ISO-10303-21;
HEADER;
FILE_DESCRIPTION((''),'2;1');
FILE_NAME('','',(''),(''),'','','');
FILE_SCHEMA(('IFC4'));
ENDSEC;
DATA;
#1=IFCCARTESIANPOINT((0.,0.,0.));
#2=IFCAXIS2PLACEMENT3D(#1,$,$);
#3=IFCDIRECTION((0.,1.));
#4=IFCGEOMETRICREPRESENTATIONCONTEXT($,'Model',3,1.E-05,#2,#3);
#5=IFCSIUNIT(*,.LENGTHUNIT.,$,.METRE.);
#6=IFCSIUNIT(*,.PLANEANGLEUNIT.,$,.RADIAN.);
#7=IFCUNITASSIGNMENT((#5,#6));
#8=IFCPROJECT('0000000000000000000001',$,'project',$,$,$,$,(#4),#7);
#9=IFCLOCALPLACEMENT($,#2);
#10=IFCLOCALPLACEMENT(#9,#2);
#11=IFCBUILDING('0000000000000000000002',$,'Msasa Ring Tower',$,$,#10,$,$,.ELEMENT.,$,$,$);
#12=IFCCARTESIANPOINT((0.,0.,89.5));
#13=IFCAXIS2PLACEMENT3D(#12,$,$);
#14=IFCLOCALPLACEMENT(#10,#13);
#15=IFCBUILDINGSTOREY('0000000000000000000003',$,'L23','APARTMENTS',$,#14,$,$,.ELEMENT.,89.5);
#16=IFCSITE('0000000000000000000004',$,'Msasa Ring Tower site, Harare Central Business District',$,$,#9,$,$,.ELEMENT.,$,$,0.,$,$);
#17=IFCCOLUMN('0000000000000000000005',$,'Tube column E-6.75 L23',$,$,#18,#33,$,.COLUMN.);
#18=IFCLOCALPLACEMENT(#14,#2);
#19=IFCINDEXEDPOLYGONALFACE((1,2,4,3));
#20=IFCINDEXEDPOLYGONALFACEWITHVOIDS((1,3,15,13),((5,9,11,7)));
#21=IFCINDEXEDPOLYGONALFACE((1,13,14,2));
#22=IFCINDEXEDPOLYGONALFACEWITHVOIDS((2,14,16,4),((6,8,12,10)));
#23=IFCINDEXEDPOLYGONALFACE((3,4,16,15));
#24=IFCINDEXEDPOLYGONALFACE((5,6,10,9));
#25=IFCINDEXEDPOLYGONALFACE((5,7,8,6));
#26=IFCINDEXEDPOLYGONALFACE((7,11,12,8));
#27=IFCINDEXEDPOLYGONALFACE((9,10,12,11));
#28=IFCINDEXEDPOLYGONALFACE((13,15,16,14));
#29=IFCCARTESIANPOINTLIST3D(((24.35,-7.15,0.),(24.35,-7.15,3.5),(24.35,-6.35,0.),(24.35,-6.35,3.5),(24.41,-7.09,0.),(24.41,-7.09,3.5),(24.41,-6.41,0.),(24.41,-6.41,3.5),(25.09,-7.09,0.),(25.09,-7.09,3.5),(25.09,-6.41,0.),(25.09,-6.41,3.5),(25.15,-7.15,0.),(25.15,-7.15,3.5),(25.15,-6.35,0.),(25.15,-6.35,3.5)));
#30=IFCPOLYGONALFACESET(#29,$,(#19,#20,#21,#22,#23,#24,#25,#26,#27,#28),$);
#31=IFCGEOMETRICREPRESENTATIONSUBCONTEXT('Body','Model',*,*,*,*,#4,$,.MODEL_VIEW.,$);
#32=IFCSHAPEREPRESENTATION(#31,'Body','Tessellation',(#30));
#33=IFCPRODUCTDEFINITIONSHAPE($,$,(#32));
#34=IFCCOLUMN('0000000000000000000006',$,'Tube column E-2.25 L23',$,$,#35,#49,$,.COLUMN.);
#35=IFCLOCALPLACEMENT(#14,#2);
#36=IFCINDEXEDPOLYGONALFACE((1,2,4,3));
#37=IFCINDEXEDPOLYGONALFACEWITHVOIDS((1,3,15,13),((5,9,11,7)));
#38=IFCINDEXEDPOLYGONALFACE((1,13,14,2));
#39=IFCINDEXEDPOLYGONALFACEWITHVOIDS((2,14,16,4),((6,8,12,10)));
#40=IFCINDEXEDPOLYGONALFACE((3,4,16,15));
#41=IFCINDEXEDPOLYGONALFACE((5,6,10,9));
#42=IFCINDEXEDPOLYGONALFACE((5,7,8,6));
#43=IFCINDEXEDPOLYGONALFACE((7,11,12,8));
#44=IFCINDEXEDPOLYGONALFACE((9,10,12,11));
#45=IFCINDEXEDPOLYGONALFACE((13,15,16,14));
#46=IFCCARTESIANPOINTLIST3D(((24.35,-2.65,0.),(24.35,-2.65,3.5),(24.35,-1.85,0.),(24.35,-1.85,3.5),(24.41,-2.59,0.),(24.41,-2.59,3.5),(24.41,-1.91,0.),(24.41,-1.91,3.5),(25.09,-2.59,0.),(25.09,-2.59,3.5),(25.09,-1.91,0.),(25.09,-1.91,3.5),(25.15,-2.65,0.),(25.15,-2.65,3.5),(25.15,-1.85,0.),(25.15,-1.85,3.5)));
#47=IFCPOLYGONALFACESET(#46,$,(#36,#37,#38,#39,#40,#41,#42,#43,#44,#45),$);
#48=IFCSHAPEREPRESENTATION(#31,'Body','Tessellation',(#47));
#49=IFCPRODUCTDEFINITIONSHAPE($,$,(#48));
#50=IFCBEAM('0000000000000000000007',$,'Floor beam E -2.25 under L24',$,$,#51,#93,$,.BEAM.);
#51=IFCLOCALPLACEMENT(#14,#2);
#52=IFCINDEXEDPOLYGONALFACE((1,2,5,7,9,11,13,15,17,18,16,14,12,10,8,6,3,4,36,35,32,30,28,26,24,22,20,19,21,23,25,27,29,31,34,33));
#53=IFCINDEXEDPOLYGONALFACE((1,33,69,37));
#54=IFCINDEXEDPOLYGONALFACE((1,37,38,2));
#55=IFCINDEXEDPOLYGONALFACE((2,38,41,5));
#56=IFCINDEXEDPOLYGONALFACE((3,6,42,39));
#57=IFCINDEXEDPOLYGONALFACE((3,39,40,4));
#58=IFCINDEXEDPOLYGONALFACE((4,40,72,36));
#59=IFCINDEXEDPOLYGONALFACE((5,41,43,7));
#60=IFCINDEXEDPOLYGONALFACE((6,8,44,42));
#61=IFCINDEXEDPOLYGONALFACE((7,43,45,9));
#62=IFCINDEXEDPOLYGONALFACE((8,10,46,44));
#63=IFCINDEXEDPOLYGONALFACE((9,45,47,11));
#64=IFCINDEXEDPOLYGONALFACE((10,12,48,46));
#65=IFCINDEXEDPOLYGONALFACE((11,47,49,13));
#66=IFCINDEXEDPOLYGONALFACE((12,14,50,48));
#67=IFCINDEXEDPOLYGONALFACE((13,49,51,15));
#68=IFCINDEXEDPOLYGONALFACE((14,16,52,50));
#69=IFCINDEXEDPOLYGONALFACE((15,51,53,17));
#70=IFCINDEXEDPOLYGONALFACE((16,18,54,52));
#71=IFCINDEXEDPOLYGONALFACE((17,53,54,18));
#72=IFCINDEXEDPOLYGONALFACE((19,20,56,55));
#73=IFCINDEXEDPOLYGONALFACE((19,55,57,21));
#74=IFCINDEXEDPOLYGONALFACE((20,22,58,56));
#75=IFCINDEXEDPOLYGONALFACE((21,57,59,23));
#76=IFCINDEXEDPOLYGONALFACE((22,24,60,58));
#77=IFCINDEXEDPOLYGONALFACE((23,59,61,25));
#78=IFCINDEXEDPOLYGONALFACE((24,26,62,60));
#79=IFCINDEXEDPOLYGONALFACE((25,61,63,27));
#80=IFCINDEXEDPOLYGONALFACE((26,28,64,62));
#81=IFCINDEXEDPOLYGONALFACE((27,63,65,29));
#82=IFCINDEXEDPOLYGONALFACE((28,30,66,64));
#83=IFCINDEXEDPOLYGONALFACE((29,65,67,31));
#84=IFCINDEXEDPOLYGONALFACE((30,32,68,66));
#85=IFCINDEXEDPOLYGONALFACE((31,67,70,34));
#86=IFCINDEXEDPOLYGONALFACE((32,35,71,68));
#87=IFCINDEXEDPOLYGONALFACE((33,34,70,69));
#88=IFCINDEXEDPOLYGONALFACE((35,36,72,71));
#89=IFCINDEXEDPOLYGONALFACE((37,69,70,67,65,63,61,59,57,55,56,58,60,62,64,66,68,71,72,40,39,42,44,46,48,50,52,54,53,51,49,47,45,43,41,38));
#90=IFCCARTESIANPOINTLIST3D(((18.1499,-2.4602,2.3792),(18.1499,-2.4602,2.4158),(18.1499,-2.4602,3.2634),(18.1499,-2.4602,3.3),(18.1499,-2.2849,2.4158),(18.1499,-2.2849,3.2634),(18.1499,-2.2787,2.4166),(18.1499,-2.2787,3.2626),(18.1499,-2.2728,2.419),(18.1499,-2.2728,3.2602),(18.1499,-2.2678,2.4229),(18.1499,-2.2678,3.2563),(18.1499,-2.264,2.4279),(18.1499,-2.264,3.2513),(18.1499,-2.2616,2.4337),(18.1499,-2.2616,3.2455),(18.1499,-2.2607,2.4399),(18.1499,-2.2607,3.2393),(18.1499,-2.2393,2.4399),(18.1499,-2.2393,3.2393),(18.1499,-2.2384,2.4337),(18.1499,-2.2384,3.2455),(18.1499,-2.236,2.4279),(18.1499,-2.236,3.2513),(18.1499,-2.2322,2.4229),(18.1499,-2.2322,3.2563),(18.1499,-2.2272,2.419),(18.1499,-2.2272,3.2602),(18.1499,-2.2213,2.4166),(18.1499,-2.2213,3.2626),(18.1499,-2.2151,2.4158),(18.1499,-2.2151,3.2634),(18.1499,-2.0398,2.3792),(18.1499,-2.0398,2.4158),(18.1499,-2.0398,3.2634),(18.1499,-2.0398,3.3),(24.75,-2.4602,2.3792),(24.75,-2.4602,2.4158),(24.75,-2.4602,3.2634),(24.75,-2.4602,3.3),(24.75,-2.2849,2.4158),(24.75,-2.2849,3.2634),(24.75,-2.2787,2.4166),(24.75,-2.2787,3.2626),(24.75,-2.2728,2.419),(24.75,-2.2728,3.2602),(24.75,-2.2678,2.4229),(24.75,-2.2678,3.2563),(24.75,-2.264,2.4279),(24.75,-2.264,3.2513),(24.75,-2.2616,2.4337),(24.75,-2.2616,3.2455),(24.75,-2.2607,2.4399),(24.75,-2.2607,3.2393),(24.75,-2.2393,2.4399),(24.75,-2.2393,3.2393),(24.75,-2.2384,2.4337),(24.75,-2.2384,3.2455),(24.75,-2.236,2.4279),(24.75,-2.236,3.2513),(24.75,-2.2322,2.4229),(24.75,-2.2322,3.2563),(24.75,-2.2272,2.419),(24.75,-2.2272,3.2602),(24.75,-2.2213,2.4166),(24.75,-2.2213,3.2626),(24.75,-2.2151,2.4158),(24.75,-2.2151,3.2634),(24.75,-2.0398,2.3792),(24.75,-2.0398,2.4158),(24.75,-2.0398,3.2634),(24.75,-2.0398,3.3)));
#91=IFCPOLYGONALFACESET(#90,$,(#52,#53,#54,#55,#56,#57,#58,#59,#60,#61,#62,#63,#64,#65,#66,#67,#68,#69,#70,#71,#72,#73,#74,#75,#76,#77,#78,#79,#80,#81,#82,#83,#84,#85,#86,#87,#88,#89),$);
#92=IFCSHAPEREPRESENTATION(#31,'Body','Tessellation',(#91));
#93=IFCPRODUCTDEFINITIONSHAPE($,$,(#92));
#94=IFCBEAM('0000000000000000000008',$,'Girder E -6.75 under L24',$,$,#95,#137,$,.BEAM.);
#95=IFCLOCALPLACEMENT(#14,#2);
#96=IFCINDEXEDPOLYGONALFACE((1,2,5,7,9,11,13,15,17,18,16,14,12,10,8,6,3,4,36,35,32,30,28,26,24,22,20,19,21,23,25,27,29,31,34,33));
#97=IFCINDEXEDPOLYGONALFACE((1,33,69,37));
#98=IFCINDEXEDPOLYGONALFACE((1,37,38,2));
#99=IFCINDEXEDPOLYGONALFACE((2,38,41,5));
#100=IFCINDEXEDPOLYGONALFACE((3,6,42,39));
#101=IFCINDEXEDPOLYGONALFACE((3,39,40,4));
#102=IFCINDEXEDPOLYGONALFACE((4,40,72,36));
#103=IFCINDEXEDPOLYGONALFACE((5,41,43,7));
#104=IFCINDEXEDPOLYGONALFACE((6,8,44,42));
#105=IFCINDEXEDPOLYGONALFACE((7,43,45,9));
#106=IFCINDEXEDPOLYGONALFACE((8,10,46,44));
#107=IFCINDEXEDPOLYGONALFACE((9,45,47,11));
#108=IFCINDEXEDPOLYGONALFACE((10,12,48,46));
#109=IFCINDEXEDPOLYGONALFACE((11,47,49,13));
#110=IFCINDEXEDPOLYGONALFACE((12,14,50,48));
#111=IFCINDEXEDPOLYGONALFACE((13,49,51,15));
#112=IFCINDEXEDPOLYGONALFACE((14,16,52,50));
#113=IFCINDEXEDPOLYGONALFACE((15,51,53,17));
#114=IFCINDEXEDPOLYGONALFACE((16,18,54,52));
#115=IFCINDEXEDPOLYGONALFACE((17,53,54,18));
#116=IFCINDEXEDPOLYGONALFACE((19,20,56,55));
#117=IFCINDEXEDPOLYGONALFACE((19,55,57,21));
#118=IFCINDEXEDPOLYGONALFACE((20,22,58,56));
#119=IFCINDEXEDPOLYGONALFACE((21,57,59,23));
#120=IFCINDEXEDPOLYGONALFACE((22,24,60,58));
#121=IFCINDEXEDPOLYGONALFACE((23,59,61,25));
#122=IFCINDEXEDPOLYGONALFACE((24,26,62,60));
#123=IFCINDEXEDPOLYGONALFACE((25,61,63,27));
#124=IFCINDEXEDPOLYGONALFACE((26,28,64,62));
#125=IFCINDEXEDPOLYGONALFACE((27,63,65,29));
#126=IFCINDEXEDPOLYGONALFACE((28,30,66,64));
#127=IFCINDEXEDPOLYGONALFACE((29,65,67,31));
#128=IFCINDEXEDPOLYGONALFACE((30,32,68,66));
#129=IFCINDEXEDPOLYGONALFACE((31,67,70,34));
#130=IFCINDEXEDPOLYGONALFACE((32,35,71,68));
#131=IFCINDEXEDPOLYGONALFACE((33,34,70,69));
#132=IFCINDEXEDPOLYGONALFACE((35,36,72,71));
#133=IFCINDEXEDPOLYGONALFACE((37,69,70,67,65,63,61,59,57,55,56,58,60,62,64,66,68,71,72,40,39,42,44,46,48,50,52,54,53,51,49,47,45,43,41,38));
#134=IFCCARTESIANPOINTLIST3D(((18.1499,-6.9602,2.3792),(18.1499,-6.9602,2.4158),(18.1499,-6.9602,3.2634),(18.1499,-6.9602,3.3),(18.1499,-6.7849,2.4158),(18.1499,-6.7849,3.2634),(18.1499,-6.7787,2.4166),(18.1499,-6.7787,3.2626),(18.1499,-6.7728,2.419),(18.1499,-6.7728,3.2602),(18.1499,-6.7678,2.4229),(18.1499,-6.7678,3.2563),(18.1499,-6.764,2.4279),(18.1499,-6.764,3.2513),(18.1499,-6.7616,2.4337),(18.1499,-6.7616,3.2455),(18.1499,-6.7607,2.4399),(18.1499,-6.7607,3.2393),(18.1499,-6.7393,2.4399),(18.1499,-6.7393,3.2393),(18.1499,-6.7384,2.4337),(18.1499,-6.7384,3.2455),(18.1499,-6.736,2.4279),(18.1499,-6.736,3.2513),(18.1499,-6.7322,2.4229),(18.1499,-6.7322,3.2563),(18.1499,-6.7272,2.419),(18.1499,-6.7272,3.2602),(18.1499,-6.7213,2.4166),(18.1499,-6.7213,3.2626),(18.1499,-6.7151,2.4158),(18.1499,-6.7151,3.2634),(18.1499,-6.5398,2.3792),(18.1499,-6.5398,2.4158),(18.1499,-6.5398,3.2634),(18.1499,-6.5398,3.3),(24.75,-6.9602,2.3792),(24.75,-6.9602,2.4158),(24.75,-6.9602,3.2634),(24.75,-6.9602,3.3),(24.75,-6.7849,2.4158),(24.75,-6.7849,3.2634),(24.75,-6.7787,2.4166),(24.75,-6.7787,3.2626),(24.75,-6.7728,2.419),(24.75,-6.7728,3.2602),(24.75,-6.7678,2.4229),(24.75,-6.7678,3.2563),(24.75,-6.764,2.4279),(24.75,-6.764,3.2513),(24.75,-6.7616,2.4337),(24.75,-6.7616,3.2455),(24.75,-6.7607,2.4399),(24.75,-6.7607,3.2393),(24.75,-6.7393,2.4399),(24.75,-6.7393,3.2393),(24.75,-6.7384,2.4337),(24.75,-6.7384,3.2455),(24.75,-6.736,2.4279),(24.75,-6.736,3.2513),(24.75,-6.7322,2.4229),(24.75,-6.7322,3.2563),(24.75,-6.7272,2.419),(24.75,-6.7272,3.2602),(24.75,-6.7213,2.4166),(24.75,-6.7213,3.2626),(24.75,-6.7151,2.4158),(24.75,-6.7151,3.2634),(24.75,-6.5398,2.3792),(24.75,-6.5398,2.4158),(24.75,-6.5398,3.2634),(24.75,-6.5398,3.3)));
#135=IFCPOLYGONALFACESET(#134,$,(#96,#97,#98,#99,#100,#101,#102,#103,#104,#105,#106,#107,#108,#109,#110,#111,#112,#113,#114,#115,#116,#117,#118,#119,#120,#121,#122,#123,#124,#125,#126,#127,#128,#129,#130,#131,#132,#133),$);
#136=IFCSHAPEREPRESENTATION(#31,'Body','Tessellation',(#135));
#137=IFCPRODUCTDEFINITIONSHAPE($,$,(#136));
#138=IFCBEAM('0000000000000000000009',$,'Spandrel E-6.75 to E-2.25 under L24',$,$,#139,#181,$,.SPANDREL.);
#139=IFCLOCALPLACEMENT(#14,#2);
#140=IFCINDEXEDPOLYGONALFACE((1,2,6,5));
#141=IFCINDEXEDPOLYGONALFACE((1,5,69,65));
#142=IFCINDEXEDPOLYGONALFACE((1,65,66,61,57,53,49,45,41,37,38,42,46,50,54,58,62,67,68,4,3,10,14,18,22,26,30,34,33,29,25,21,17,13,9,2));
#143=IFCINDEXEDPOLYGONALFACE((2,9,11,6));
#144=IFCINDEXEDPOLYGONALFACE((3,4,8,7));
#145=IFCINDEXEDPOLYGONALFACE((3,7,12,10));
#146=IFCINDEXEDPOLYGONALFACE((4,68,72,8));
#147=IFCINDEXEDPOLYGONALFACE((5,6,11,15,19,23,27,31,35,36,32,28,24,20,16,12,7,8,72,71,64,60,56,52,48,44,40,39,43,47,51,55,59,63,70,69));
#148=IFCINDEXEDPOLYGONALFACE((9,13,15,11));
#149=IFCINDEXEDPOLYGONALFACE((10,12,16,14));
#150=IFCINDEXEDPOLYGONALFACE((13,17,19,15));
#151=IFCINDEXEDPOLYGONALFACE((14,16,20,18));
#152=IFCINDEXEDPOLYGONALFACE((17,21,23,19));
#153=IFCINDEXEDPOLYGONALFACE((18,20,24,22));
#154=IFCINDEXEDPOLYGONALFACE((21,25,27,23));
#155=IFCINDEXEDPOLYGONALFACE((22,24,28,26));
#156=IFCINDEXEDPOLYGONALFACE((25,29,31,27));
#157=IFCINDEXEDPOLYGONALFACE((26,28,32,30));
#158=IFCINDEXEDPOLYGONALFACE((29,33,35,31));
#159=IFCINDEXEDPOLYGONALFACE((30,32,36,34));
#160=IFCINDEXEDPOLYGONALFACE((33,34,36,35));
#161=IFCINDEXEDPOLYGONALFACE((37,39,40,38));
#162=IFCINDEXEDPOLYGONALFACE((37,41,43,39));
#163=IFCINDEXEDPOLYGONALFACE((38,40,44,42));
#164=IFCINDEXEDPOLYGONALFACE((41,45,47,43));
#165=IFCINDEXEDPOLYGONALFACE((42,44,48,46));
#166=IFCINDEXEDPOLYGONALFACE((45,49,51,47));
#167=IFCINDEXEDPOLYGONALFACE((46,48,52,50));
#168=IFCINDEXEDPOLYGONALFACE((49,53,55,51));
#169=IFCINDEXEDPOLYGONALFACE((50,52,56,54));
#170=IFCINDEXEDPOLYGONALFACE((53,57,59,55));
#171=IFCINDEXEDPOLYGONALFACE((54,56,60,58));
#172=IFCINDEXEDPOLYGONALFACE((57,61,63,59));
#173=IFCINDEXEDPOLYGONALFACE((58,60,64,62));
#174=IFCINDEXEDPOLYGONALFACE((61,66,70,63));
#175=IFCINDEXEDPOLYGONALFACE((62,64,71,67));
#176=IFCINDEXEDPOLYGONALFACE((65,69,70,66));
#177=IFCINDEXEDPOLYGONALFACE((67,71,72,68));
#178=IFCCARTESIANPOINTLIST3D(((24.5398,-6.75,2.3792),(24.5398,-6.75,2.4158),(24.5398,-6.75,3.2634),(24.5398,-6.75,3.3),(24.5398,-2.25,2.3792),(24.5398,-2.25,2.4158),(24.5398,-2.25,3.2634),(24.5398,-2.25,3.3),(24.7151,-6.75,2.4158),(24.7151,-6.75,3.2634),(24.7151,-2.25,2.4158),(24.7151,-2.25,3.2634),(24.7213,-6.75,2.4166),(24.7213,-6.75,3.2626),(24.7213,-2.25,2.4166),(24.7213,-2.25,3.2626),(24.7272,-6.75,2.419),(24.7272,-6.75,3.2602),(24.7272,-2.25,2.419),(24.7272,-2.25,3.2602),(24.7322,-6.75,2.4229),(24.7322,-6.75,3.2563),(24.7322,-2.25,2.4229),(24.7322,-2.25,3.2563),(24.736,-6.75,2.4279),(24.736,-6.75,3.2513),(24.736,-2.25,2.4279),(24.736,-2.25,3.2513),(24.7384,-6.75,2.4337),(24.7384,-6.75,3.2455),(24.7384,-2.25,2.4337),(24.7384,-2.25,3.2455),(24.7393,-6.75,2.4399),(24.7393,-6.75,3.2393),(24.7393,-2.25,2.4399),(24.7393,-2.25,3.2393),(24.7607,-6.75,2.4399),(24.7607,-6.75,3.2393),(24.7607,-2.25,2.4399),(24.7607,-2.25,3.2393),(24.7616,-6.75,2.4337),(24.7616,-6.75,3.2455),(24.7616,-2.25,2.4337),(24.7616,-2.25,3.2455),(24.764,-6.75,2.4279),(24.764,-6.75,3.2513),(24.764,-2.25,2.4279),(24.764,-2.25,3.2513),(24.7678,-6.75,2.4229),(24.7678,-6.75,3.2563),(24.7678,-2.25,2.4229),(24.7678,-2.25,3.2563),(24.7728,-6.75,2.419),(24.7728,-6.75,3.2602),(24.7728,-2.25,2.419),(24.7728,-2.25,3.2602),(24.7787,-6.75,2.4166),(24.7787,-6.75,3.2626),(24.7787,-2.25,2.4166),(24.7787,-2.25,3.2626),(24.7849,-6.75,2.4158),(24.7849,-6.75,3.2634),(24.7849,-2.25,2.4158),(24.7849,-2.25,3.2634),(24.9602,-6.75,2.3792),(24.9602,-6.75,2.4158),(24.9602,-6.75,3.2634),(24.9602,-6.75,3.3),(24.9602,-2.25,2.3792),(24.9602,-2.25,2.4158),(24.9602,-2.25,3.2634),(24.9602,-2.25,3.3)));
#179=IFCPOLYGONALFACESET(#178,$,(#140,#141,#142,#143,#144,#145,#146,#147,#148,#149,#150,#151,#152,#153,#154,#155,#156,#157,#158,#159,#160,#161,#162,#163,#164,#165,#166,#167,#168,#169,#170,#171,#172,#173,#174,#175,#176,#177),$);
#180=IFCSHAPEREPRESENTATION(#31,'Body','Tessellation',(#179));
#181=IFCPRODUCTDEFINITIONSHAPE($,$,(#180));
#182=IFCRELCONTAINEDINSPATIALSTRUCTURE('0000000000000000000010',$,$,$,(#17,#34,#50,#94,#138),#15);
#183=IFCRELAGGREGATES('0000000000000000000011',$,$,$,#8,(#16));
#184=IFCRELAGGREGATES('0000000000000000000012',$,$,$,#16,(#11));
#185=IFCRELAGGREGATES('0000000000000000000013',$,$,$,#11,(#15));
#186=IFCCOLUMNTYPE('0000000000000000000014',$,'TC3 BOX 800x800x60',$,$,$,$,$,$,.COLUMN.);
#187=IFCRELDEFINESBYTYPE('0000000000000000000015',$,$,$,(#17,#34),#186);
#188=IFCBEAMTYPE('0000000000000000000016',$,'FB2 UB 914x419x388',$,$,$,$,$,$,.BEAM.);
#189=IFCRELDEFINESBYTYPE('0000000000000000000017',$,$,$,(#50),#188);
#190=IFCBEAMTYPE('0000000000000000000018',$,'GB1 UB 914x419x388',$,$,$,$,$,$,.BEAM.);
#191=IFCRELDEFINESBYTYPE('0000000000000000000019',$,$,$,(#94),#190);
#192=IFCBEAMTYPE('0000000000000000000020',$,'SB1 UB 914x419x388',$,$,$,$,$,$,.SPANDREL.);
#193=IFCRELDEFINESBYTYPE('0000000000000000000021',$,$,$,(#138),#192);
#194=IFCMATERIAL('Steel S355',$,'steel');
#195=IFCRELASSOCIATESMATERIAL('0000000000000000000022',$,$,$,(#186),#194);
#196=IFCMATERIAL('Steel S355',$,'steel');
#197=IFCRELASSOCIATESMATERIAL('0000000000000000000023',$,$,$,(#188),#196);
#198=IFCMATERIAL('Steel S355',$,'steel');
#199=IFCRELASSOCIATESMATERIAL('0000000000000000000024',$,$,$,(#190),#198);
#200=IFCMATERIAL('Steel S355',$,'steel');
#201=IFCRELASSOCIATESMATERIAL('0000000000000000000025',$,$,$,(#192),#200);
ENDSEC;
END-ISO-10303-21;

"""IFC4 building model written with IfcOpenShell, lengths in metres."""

from ifc_helpers import new_model, si_unit, direction, frame, origin, origin_2d, place, context, subcontext, project, spatial, hollow_rectangle, i_section, extrude, material, material_profile, profile_set, type_object, element, save


model = new_model("IFC4")

# Units and contexts
model_context = context("Model", 3, precision=1e-05, world=origin(), true_north=direction((0.0, 1.0)))
body_context = subcontext(model_context, "Body", "Model", "MODEL_VIEW")
ifc_project = project(units=[si_unit("LENGTHUNIT", "METRE"), si_unit("PLANEANGLEUNIT", "RADIAN")], contexts=[model_context])

# Site, building, storey
site_placement = place(None, origin())
site = spatial("IfcSite", under=ifc_project, at=site_placement, Name="Msasa Ring Tower site, Harare Central Business District", CompositionType="ELEMENT", RefElevation=0.0)
building_placement = place(site_placement, origin())
building = spatial("IfcBuilding", under=site, at=building_placement, Name="Msasa Ring Tower", CompositionType="ELEMENT")
storey_placement = place(building_placement, frame((0.0, 0.0, 89.5)))
storey = spatial("IfcBuildingStorey", under=building, at=storey_placement, Name="L23", Description="APARTMENTS", CompositionType="ELEMENT", Elevation=89.5)

# Columns
ifc_material_1 = material(Name="Steel S355", Category="steel")
ifc_material_profile_1 = material_profile(ifc_material_1, hollow_rectangle(XDim=0.8, YDim=0.8, WallThickness=0.0601, at=origin_2d()), Name="BOX 800x800x60")
ifc_profile_set_1 = profile_set([ifc_material_profile_1], Name="Steel S355")
column_type = type_object("IfcColumnType", Name="TC3 BOX 800x800x60", PredefinedType="COLUMN", material=ifc_profile_set_1)
for number, where, z_axis, x_axis, name in (
    (1, (24.75, -6.75, 0.0), (0.0, 0.0, 1.0), (1.0, 0.0, 0.0), "Tube column E-6.75 L23"),
    (2, (24.75, -2.25, 0.0), (0.0, 0.0, 1.0), (1.0, 0.0, 0.0), "Tube column E-2.25 L23"),
):
    element("IfcColumn", number, at=place(storey_placement, frame(where, z_axis=z_axis, x_axis=x_axis)), inside=storey, type_object=column_type, Name=name, PredefinedType="COLUMN", context=body_context, shape_type="SweptSolid", body=[
        extrude(hollow_rectangle(XDim=0.8, YDim=0.8, WallThickness=0.0601, at=origin_2d()), origin(), (0.0, 0.0, 1.0), 3.5),
    ])

# Beams
ifc_material_2 = material(Name="Steel S355", Category="steel")
ifc_material_profile_2 = material_profile(ifc_material_2, i_section(OverallWidth=0.4204, OverallDepth=0.9209, WebThickness=0.0215, FlangeThickness=0.0366, FilletRadius=0.0242, at=origin_2d()), Name="UB 914x419x388")
ifc_profile_set_2 = profile_set([ifc_material_profile_2], Name="Steel S355")
beam_type_1 = type_object("IfcBeamType", Name="FB2 UB 914x419x388", PredefinedType="BEAM", material=ifc_profile_set_2)
beam_1_placement = place(storey_placement, frame((24.75, -2.25, 2.8396), z_axis=(-1.0, 0.0, 0.0), x_axis=(0.0, -1.0, 0.0)))
element("IfcBeam", 3, at=beam_1_placement, inside=storey, type_object=beam_type_1, Name="Floor beam E -2.25 under L24", PredefinedType="BEAM", context=body_context, shape_type="SweptSolid", body=[
    extrude(i_section(OverallWidth=0.4204, OverallDepth=0.9209, WebThickness=0.0215, FlangeThickness=0.0366, FilletRadius=0.0242, at=origin_2d()), origin(), (0.0, 0.0, 1.0), 6.6001),
])
ifc_material_3 = material(Name="Steel S355", Category="steel")
ifc_material_profile_3 = material_profile(ifc_material_3, i_section(OverallWidth=0.4204, OverallDepth=0.9209, WebThickness=0.0215, FlangeThickness=0.0366, FilletRadius=0.0242, at=origin_2d()), Name="UB 914x419x388")
ifc_profile_set_3 = profile_set([ifc_material_profile_3], Name="Steel S355")
beam_type_2 = type_object("IfcBeamType", Name="GB1 UB 914x419x388", PredefinedType="BEAM", material=ifc_profile_set_3)
beam_2_placement = place(storey_placement, frame((18.1499, -6.75, 2.8396), z_axis=(1.0, 0.0, 0.0), x_axis=(0.0, 1.0, 0.0)))
element("IfcBeam", 4, at=beam_2_placement, inside=storey, type_object=beam_type_2, Name="Girder E -6.75 under L24", PredefinedType="BEAM", context=body_context, shape_type="SweptSolid", body=[
    extrude(i_section(OverallWidth=0.4204, OverallDepth=0.9209, WebThickness=0.0215, FlangeThickness=0.0366, FilletRadius=0.0242, at=origin_2d()), origin(), (0.0, 0.0, 1.0), 6.6001),
])
ifc_material_4 = material(Name="Steel S355", Category="steel")
ifc_material_profile_4 = material_profile(ifc_material_4, i_section(OverallWidth=0.4204, OverallDepth=0.9209, WebThickness=0.0215, FlangeThickness=0.0366, FilletRadius=0.0242, at=origin_2d()), Name="UB 914x419x388")
ifc_profile_set_4 = profile_set([ifc_material_profile_4], Name="Steel S355")
beam_type_3 = type_object("IfcBeamType", Name="SB1 UB 914x419x388", PredefinedType="SPANDREL", material=ifc_profile_set_4)
for number, where, z_axis, x_axis, name in (
    (5, (24.75, -6.75, 2.8396), (0.0, 1.0, 0.0), (-1.0, 0.0, 0.0), "Spandrel E-6.75 to E-2.25 under L24"),
):
    element("IfcBeam", number, at=place(storey_placement, frame(where, z_axis=z_axis, x_axis=x_axis)), inside=storey, type_object=beam_type_3, Name=name, PredefinedType="SPANDREL", context=body_context, shape_type="SweptSolid", body=[
        extrude(i_section(OverallWidth=0.4204, OverallDepth=0.9209, WebThickness=0.0215, FlangeThickness=0.0366, FilletRadius=0.0242, at=origin_2d()), origin(), (0.0, 0.0, 1.0), 4.5),
    ])

save(model, "model.ifc")
